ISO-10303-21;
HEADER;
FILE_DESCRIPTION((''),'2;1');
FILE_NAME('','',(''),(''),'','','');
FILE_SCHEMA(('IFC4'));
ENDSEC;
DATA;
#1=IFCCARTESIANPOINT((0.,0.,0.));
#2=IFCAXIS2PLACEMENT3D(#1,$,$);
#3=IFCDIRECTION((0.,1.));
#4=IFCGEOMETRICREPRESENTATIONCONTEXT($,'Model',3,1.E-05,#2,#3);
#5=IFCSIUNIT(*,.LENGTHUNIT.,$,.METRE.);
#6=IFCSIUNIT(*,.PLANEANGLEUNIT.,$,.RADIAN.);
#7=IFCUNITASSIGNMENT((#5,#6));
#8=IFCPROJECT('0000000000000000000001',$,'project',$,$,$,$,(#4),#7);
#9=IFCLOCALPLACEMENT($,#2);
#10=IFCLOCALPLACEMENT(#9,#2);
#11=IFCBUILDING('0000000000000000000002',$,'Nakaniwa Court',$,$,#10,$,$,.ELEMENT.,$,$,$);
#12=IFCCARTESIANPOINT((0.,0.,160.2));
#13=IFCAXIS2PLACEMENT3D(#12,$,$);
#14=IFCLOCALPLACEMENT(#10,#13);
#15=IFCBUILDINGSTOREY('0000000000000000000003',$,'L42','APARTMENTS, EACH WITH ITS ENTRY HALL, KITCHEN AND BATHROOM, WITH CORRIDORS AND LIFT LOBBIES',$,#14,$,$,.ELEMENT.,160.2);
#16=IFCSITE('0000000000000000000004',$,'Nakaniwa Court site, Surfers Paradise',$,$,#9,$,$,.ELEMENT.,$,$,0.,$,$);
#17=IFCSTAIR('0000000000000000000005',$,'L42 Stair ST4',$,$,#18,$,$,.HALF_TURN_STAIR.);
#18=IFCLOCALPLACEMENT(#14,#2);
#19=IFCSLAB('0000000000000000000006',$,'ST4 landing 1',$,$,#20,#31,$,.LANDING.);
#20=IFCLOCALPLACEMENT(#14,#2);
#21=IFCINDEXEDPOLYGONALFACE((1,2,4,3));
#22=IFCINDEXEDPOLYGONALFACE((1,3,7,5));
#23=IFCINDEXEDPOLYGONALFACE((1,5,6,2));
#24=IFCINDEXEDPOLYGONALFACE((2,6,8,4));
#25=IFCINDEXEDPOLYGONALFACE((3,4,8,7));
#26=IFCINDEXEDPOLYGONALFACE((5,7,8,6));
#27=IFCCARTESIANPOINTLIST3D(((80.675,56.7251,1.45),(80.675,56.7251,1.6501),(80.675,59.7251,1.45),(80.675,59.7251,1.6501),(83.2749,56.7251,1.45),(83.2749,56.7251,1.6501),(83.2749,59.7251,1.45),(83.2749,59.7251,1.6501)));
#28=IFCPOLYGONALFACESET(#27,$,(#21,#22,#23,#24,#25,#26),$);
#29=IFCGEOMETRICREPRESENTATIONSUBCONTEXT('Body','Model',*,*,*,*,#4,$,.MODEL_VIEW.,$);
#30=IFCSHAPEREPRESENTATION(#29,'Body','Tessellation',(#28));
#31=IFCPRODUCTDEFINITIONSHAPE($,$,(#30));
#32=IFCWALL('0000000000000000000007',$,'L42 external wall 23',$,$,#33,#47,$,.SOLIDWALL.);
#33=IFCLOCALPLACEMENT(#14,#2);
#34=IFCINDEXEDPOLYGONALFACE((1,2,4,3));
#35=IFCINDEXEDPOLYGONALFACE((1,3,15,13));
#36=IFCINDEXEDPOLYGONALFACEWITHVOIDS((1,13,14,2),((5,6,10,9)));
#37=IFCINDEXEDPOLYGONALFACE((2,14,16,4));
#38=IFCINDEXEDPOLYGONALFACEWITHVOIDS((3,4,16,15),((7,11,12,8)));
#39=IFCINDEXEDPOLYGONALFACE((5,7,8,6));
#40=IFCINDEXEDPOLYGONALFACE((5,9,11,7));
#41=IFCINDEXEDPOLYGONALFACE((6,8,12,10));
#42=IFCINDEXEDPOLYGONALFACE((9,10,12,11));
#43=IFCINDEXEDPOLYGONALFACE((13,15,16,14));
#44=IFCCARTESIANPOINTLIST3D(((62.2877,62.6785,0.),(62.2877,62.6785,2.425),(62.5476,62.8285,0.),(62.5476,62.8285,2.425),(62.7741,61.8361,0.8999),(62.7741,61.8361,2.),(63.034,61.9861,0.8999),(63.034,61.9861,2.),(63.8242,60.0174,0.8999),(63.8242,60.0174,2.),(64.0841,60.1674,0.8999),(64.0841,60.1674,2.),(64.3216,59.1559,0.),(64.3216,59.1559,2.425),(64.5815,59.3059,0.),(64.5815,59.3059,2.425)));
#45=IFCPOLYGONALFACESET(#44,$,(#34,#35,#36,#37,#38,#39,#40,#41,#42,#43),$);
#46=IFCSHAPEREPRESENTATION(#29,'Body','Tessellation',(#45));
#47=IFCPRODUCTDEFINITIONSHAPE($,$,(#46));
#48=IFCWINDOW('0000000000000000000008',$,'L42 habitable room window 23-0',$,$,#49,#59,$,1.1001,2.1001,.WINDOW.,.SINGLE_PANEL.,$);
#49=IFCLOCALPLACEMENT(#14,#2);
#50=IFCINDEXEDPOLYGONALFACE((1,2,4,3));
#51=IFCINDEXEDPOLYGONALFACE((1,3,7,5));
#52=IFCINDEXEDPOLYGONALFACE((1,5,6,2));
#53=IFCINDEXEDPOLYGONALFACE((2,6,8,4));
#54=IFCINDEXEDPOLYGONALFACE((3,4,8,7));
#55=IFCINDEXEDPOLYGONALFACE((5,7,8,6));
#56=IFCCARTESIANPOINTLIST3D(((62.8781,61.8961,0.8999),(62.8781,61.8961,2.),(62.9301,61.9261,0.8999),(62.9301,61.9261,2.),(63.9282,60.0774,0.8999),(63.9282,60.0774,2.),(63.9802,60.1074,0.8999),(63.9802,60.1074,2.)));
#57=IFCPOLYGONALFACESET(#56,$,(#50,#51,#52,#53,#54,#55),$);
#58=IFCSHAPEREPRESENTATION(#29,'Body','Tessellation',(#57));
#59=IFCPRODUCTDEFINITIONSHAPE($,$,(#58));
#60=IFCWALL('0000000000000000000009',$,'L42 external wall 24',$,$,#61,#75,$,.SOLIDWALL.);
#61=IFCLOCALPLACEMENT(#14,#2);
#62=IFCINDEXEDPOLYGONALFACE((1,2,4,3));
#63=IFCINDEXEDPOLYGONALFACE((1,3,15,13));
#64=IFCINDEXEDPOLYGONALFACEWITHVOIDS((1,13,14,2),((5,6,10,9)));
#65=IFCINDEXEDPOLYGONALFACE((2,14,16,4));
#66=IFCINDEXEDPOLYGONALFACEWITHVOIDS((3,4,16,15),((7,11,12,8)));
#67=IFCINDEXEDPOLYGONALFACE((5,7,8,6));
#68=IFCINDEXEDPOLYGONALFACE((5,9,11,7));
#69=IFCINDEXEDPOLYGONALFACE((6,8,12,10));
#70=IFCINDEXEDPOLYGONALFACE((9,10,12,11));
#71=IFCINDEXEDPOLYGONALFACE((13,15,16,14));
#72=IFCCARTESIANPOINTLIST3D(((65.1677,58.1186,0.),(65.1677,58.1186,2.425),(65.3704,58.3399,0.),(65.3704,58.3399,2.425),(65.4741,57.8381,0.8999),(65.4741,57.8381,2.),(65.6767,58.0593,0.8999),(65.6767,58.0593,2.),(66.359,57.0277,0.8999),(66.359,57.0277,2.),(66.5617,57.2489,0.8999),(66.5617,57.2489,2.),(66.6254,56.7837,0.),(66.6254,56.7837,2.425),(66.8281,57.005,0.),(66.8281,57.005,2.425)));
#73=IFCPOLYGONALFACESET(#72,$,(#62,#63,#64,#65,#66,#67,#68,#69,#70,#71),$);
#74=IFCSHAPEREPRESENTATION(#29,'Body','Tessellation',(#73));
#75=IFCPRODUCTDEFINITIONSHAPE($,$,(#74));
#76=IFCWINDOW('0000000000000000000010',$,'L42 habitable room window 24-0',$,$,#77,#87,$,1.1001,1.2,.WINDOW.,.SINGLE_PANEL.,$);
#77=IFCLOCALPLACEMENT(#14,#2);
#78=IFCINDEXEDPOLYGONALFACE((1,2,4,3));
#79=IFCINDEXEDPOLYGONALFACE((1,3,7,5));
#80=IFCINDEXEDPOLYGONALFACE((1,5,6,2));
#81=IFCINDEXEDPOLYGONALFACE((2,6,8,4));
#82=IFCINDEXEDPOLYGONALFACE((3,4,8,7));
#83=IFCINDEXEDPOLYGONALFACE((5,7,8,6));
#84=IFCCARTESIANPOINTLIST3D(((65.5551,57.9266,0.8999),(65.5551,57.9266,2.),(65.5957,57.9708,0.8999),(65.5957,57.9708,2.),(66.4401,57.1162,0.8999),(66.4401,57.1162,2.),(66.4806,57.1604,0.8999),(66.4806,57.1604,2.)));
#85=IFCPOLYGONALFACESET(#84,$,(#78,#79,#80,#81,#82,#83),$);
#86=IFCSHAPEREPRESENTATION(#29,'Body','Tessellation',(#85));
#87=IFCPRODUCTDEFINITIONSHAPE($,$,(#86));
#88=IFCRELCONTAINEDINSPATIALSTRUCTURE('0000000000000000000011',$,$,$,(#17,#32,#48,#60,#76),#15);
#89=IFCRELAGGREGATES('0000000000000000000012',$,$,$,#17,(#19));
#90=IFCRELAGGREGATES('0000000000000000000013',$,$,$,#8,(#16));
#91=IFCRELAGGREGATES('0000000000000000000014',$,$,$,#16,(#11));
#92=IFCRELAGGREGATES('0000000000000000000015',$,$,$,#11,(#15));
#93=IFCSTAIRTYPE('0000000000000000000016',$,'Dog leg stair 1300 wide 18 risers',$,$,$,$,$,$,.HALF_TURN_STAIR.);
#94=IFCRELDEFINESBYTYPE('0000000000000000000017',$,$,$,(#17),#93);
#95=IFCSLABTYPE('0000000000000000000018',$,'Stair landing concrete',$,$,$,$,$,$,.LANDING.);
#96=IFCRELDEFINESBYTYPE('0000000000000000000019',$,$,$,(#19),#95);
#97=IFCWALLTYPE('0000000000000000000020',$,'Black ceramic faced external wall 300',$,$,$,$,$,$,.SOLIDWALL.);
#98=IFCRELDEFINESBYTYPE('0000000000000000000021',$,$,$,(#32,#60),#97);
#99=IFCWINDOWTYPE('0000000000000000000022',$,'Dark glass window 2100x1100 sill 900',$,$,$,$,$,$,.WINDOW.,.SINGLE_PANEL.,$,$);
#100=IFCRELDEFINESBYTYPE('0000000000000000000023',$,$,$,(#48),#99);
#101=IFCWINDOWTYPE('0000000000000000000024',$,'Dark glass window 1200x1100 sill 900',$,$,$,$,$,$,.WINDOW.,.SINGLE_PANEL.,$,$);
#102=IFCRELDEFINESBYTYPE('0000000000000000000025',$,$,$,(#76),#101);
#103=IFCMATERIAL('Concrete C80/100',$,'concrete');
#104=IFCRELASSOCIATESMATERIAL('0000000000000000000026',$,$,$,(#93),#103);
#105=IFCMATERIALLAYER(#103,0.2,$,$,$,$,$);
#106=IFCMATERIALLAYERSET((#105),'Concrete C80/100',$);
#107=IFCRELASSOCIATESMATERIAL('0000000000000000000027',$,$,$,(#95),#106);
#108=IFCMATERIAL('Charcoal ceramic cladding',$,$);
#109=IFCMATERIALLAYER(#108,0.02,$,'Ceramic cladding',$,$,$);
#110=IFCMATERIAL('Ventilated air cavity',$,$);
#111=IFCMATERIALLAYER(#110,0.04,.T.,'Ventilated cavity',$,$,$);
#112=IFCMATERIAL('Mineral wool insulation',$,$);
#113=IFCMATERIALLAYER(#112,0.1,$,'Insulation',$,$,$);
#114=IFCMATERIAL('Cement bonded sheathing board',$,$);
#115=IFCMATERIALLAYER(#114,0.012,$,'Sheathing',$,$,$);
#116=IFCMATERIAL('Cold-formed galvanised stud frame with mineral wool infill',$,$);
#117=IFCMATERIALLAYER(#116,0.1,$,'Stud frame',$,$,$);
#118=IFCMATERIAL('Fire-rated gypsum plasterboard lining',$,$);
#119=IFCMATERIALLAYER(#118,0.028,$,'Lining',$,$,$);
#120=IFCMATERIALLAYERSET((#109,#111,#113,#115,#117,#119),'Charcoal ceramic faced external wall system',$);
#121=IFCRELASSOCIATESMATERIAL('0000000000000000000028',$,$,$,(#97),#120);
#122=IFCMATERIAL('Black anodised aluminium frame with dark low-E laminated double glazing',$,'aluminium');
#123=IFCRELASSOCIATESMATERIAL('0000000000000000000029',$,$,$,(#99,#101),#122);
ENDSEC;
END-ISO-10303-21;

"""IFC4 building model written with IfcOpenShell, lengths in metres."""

from ifc_helpers import new_model, si_unit, direction, frame, frame_2d, origin, place, context, subcontext, project, spatial, polyline, rectangle, outline, extrude, material, layer, layer_set, type_object, element, fill, aggregate, save


model = new_model("IFC4")

# Units and contexts
model_context = context("Model", 3, precision=1e-05, world=origin(), true_north=direction((0.0, 1.0)))
body_context = subcontext(model_context, "Body", "Model", "MODEL_VIEW")
ifc_project = project(units=[si_unit("LENGTHUNIT", "METRE"), si_unit("PLANEANGLEUNIT", "RADIAN")], contexts=[model_context])

# Site, building, storey
site_placement = place(None, origin())
site = spatial("IfcSite", under=ifc_project, at=site_placement, Name="Nakaniwa Court site, Surfers Paradise", CompositionType="ELEMENT", RefElevation=0.0)
building_placement = place(site_placement, origin())
building = spatial("IfcBuilding", under=site, at=building_placement, Name="Nakaniwa Court", CompositionType="ELEMENT")
storey_placement = place(building_placement, frame((0.0, 0.0, 160.2)))
storey = spatial("IfcBuildingStorey", under=building, at=storey_placement, Name="L42", Description="APARTMENTS, EACH WITH ITS ENTRY HALL, KITCHEN AND BATHROOM, WITH CORRIDORS AND LIFT LOBBIES", CompositionType="ELEMENT", Elevation=160.2)

# Shared definitions
ifc_material_1 = material(Name="Concrete C80/100", Category="concrete")

# Stair, slab
stair_type = type_object("IfcStairType", Name="Dog leg stair 1300 wide 18 risers", PredefinedType="HALF_TURN_STAIR", material=ifc_material_1)
ifc_layer_1 = layer(ifc_material_1, 0.2)
ifc_layer_set_1 = layer_set([ifc_layer_1], Name="Concrete C80/100")
slab_type_1 = type_object("IfcSlabType", Name="Stair landing concrete", PredefinedType="LANDING", material=ifc_layer_set_1)
stair_1_placement = place(storey_placement, origin())
stair_1 = element("IfcStair", 1, at=stair_1_placement, inside=storey, type_object=stair_type, Name="L42 Stair ST4", PredefinedType="HALF_TURN_STAIR")
slab_1_placement = place(storey_placement, frame((0.0, 0.0, 1.45)))
slab_1 = element("IfcSlab", 2, at=slab_1_placement, type_object=slab_type_1, Name="ST4 landing 1", PredefinedType="LANDING", context=body_context, shape_type="SweptSolid", body=[
    extrude(outline(polyline([(83.2749, 56.7251), (83.2749, 59.7251), (80.675, 59.7251), (80.675, 56.7251), (83.2749, 56.7251)])), origin(), (0.0, 0.0, 1.0), 0.2002),
])
aggregate(stair_1, [slab_1])

# Walls, openings, windows
ifc_material_2 = material(Name="Charcoal ceramic cladding")
ifc_layer_2 = layer(ifc_material_2, 0.02, Name="Ceramic cladding")
ifc_material_3 = material(Name="Ventilated air cavity")
ifc_layer_3 = layer(ifc_material_3, 0.04, ventilated=True, Name="Ventilated cavity")
ifc_material_4 = material(Name="Mineral wool insulation")
ifc_layer_4 = layer(ifc_material_4, 0.1, Name="Insulation")
ifc_material_5 = material(Name="Cement bonded sheathing board")
ifc_layer_5 = layer(ifc_material_5, 0.012, Name="Sheathing")
ifc_material_6 = material(Name="Cold-formed galvanised stud frame with mineral wool infill")
ifc_layer_6 = layer(ifc_material_6, 0.1, Name="Stud frame")
ifc_material_7 = material(Name="Fire-rated gypsum plasterboard lining")
ifc_layer_7 = layer(ifc_material_7, 0.028, Name="Lining")
ifc_layer_set_2 = layer_set([ifc_layer_2, ifc_layer_3, ifc_layer_4, ifc_layer_5, ifc_layer_6, ifc_layer_7], Name="Charcoal ceramic faced external wall system")
wall_type = type_object("IfcWallType", Name="Black ceramic faced external wall 300", PredefinedType="SOLIDWALL", material=ifc_layer_set_2)
wall_1_placement = place(storey_placement, frame((62.4177, 62.7534, 0.0), z_axis=(0.0, 0.0, 1.0), x_axis=(0.500019, -0.866015, 0.0)))
wall_1 = element("IfcWall", 3, at=wall_1_placement, inside=storey, type_object=wall_type, Name="L42 external wall 23", PredefinedType="SOLIDWALL", context=body_context, shape_type="SweptSolid", body=[
    extrude(rectangle(XDim=4.0676, YDim=0.3, at=frame_2d((2.0337, 0.0))), origin(), (0.0, 0.0, 1.0), 2.425),
])
opening_1_placement = place(wall_1_placement, frame((0.9727, 0.0, 0.8999)))
opening_1 = element("IfcOpeningElement", 4, at=opening_1_placement, cuts=wall_1, PredefinedType="OPENING", context=body_context, shape_type="SweptSolid", body=[
    extrude(rectangle(XDim=2.1001, YDim=1.1001, at=frame_2d((1.05, 0.55))), frame((0.0, 0.1599, 0.0), z_axis=(0.0, -1.0, 0.0), x_axis=(1.0, 0.0, 0.0)), (0.0, 0.0, 1.0), 0.3201),
])
ifc_material_8 = material(Name="Black anodised aluminium frame with dark low-E laminated double glazing", Category="aluminium")
window_type_1 = type_object("IfcWindowType", Name="Dark glass window 2100x1100 sill 900", PartitioningType="SINGLE_PANEL", PredefinedType="WINDOW", material=ifc_material_8)
window_1_placement = place(opening_1_placement, origin())
window_1 = element("IfcWindow", 5, at=window_1_placement, inside=storey, type_object=window_type_1, Name="L42 habitable room window 23-0", OverallHeight=1.1001, OverallWidth=2.1001, PartitioningType="SINGLE_PANEL", PredefinedType="WINDOW", context=body_context, shape_type="SweptSolid", body=[
    extrude(rectangle(XDim=2.1001, YDim=1.1001, at=frame_2d((1.05, 0.55))), frame((0.0, 0.03, 0.0), z_axis=(0.0, -1.0, 0.0), x_axis=(1.0, 0.0, 0.0)), (0.0, 0.0, 1.0), 0.0601),
])
fill(opening_1, window_1)
wall_2_placement = place(storey_placement, frame((65.269, 58.2292, 0.0), z_axis=(0.0, 0.0, 1.0), x_axis=(0.737487, -0.675361, 0.0)))
wall_2 = element("IfcWall", 6, at=wall_2_placement, inside=storey, type_object=wall_type, Name="L42 external wall 24", PredefinedType="SOLIDWALL", context=body_context, shape_type="SweptSolid", body=[
    extrude(rectangle(XDim=1.9766, YDim=0.3, at=frame_2d((0.9883, 0.0))), origin(), (0.0, 0.0, 1.0), 2.425),
])
opening_2_placement = place(wall_2_placement, frame((0.4153, 0.0, 0.8999)))
opening_2 = element("IfcOpeningElement", 7, at=opening_2_placement, cuts=wall_2, PredefinedType="OPENING", context=body_context, shape_type="SweptSolid", body=[
    extrude(rectangle(XDim=1.2, YDim=1.1001, at=frame_2d((0.6001, 0.55))), frame((0.0, 0.1599, 0.0), z_axis=(0.0, -1.0, 0.0), x_axis=(1.0, 0.0, 0.0)), (0.0, 0.0, 1.0), 0.3201),
])
window_type_2 = type_object("IfcWindowType", Name="Dark glass window 1200x1100 sill 900", PartitioningType="SINGLE_PANEL", PredefinedType="WINDOW", material=ifc_material_8)
window_2_placement = place(opening_2_placement, origin())
window_2 = element("IfcWindow", 8, at=window_2_placement, inside=storey, type_object=window_type_2, Name="L42 habitable room window 24-0", OverallHeight=1.1001, OverallWidth=1.2, PartitioningType="SINGLE_PANEL", PredefinedType="WINDOW", context=body_context, shape_type="SweptSolid", body=[
    extrude(rectangle(XDim=1.2, YDim=1.1001, at=frame_2d((0.6001, 0.55))), frame((0.0, 0.03, 0.0), z_axis=(0.0, -1.0, 0.0), x_axis=(1.0, 0.0, 0.0)), (0.0, 0.0, 1.0), 0.0601),
])
fill(opening_2, window_2)

save(model, "model.ifc")
